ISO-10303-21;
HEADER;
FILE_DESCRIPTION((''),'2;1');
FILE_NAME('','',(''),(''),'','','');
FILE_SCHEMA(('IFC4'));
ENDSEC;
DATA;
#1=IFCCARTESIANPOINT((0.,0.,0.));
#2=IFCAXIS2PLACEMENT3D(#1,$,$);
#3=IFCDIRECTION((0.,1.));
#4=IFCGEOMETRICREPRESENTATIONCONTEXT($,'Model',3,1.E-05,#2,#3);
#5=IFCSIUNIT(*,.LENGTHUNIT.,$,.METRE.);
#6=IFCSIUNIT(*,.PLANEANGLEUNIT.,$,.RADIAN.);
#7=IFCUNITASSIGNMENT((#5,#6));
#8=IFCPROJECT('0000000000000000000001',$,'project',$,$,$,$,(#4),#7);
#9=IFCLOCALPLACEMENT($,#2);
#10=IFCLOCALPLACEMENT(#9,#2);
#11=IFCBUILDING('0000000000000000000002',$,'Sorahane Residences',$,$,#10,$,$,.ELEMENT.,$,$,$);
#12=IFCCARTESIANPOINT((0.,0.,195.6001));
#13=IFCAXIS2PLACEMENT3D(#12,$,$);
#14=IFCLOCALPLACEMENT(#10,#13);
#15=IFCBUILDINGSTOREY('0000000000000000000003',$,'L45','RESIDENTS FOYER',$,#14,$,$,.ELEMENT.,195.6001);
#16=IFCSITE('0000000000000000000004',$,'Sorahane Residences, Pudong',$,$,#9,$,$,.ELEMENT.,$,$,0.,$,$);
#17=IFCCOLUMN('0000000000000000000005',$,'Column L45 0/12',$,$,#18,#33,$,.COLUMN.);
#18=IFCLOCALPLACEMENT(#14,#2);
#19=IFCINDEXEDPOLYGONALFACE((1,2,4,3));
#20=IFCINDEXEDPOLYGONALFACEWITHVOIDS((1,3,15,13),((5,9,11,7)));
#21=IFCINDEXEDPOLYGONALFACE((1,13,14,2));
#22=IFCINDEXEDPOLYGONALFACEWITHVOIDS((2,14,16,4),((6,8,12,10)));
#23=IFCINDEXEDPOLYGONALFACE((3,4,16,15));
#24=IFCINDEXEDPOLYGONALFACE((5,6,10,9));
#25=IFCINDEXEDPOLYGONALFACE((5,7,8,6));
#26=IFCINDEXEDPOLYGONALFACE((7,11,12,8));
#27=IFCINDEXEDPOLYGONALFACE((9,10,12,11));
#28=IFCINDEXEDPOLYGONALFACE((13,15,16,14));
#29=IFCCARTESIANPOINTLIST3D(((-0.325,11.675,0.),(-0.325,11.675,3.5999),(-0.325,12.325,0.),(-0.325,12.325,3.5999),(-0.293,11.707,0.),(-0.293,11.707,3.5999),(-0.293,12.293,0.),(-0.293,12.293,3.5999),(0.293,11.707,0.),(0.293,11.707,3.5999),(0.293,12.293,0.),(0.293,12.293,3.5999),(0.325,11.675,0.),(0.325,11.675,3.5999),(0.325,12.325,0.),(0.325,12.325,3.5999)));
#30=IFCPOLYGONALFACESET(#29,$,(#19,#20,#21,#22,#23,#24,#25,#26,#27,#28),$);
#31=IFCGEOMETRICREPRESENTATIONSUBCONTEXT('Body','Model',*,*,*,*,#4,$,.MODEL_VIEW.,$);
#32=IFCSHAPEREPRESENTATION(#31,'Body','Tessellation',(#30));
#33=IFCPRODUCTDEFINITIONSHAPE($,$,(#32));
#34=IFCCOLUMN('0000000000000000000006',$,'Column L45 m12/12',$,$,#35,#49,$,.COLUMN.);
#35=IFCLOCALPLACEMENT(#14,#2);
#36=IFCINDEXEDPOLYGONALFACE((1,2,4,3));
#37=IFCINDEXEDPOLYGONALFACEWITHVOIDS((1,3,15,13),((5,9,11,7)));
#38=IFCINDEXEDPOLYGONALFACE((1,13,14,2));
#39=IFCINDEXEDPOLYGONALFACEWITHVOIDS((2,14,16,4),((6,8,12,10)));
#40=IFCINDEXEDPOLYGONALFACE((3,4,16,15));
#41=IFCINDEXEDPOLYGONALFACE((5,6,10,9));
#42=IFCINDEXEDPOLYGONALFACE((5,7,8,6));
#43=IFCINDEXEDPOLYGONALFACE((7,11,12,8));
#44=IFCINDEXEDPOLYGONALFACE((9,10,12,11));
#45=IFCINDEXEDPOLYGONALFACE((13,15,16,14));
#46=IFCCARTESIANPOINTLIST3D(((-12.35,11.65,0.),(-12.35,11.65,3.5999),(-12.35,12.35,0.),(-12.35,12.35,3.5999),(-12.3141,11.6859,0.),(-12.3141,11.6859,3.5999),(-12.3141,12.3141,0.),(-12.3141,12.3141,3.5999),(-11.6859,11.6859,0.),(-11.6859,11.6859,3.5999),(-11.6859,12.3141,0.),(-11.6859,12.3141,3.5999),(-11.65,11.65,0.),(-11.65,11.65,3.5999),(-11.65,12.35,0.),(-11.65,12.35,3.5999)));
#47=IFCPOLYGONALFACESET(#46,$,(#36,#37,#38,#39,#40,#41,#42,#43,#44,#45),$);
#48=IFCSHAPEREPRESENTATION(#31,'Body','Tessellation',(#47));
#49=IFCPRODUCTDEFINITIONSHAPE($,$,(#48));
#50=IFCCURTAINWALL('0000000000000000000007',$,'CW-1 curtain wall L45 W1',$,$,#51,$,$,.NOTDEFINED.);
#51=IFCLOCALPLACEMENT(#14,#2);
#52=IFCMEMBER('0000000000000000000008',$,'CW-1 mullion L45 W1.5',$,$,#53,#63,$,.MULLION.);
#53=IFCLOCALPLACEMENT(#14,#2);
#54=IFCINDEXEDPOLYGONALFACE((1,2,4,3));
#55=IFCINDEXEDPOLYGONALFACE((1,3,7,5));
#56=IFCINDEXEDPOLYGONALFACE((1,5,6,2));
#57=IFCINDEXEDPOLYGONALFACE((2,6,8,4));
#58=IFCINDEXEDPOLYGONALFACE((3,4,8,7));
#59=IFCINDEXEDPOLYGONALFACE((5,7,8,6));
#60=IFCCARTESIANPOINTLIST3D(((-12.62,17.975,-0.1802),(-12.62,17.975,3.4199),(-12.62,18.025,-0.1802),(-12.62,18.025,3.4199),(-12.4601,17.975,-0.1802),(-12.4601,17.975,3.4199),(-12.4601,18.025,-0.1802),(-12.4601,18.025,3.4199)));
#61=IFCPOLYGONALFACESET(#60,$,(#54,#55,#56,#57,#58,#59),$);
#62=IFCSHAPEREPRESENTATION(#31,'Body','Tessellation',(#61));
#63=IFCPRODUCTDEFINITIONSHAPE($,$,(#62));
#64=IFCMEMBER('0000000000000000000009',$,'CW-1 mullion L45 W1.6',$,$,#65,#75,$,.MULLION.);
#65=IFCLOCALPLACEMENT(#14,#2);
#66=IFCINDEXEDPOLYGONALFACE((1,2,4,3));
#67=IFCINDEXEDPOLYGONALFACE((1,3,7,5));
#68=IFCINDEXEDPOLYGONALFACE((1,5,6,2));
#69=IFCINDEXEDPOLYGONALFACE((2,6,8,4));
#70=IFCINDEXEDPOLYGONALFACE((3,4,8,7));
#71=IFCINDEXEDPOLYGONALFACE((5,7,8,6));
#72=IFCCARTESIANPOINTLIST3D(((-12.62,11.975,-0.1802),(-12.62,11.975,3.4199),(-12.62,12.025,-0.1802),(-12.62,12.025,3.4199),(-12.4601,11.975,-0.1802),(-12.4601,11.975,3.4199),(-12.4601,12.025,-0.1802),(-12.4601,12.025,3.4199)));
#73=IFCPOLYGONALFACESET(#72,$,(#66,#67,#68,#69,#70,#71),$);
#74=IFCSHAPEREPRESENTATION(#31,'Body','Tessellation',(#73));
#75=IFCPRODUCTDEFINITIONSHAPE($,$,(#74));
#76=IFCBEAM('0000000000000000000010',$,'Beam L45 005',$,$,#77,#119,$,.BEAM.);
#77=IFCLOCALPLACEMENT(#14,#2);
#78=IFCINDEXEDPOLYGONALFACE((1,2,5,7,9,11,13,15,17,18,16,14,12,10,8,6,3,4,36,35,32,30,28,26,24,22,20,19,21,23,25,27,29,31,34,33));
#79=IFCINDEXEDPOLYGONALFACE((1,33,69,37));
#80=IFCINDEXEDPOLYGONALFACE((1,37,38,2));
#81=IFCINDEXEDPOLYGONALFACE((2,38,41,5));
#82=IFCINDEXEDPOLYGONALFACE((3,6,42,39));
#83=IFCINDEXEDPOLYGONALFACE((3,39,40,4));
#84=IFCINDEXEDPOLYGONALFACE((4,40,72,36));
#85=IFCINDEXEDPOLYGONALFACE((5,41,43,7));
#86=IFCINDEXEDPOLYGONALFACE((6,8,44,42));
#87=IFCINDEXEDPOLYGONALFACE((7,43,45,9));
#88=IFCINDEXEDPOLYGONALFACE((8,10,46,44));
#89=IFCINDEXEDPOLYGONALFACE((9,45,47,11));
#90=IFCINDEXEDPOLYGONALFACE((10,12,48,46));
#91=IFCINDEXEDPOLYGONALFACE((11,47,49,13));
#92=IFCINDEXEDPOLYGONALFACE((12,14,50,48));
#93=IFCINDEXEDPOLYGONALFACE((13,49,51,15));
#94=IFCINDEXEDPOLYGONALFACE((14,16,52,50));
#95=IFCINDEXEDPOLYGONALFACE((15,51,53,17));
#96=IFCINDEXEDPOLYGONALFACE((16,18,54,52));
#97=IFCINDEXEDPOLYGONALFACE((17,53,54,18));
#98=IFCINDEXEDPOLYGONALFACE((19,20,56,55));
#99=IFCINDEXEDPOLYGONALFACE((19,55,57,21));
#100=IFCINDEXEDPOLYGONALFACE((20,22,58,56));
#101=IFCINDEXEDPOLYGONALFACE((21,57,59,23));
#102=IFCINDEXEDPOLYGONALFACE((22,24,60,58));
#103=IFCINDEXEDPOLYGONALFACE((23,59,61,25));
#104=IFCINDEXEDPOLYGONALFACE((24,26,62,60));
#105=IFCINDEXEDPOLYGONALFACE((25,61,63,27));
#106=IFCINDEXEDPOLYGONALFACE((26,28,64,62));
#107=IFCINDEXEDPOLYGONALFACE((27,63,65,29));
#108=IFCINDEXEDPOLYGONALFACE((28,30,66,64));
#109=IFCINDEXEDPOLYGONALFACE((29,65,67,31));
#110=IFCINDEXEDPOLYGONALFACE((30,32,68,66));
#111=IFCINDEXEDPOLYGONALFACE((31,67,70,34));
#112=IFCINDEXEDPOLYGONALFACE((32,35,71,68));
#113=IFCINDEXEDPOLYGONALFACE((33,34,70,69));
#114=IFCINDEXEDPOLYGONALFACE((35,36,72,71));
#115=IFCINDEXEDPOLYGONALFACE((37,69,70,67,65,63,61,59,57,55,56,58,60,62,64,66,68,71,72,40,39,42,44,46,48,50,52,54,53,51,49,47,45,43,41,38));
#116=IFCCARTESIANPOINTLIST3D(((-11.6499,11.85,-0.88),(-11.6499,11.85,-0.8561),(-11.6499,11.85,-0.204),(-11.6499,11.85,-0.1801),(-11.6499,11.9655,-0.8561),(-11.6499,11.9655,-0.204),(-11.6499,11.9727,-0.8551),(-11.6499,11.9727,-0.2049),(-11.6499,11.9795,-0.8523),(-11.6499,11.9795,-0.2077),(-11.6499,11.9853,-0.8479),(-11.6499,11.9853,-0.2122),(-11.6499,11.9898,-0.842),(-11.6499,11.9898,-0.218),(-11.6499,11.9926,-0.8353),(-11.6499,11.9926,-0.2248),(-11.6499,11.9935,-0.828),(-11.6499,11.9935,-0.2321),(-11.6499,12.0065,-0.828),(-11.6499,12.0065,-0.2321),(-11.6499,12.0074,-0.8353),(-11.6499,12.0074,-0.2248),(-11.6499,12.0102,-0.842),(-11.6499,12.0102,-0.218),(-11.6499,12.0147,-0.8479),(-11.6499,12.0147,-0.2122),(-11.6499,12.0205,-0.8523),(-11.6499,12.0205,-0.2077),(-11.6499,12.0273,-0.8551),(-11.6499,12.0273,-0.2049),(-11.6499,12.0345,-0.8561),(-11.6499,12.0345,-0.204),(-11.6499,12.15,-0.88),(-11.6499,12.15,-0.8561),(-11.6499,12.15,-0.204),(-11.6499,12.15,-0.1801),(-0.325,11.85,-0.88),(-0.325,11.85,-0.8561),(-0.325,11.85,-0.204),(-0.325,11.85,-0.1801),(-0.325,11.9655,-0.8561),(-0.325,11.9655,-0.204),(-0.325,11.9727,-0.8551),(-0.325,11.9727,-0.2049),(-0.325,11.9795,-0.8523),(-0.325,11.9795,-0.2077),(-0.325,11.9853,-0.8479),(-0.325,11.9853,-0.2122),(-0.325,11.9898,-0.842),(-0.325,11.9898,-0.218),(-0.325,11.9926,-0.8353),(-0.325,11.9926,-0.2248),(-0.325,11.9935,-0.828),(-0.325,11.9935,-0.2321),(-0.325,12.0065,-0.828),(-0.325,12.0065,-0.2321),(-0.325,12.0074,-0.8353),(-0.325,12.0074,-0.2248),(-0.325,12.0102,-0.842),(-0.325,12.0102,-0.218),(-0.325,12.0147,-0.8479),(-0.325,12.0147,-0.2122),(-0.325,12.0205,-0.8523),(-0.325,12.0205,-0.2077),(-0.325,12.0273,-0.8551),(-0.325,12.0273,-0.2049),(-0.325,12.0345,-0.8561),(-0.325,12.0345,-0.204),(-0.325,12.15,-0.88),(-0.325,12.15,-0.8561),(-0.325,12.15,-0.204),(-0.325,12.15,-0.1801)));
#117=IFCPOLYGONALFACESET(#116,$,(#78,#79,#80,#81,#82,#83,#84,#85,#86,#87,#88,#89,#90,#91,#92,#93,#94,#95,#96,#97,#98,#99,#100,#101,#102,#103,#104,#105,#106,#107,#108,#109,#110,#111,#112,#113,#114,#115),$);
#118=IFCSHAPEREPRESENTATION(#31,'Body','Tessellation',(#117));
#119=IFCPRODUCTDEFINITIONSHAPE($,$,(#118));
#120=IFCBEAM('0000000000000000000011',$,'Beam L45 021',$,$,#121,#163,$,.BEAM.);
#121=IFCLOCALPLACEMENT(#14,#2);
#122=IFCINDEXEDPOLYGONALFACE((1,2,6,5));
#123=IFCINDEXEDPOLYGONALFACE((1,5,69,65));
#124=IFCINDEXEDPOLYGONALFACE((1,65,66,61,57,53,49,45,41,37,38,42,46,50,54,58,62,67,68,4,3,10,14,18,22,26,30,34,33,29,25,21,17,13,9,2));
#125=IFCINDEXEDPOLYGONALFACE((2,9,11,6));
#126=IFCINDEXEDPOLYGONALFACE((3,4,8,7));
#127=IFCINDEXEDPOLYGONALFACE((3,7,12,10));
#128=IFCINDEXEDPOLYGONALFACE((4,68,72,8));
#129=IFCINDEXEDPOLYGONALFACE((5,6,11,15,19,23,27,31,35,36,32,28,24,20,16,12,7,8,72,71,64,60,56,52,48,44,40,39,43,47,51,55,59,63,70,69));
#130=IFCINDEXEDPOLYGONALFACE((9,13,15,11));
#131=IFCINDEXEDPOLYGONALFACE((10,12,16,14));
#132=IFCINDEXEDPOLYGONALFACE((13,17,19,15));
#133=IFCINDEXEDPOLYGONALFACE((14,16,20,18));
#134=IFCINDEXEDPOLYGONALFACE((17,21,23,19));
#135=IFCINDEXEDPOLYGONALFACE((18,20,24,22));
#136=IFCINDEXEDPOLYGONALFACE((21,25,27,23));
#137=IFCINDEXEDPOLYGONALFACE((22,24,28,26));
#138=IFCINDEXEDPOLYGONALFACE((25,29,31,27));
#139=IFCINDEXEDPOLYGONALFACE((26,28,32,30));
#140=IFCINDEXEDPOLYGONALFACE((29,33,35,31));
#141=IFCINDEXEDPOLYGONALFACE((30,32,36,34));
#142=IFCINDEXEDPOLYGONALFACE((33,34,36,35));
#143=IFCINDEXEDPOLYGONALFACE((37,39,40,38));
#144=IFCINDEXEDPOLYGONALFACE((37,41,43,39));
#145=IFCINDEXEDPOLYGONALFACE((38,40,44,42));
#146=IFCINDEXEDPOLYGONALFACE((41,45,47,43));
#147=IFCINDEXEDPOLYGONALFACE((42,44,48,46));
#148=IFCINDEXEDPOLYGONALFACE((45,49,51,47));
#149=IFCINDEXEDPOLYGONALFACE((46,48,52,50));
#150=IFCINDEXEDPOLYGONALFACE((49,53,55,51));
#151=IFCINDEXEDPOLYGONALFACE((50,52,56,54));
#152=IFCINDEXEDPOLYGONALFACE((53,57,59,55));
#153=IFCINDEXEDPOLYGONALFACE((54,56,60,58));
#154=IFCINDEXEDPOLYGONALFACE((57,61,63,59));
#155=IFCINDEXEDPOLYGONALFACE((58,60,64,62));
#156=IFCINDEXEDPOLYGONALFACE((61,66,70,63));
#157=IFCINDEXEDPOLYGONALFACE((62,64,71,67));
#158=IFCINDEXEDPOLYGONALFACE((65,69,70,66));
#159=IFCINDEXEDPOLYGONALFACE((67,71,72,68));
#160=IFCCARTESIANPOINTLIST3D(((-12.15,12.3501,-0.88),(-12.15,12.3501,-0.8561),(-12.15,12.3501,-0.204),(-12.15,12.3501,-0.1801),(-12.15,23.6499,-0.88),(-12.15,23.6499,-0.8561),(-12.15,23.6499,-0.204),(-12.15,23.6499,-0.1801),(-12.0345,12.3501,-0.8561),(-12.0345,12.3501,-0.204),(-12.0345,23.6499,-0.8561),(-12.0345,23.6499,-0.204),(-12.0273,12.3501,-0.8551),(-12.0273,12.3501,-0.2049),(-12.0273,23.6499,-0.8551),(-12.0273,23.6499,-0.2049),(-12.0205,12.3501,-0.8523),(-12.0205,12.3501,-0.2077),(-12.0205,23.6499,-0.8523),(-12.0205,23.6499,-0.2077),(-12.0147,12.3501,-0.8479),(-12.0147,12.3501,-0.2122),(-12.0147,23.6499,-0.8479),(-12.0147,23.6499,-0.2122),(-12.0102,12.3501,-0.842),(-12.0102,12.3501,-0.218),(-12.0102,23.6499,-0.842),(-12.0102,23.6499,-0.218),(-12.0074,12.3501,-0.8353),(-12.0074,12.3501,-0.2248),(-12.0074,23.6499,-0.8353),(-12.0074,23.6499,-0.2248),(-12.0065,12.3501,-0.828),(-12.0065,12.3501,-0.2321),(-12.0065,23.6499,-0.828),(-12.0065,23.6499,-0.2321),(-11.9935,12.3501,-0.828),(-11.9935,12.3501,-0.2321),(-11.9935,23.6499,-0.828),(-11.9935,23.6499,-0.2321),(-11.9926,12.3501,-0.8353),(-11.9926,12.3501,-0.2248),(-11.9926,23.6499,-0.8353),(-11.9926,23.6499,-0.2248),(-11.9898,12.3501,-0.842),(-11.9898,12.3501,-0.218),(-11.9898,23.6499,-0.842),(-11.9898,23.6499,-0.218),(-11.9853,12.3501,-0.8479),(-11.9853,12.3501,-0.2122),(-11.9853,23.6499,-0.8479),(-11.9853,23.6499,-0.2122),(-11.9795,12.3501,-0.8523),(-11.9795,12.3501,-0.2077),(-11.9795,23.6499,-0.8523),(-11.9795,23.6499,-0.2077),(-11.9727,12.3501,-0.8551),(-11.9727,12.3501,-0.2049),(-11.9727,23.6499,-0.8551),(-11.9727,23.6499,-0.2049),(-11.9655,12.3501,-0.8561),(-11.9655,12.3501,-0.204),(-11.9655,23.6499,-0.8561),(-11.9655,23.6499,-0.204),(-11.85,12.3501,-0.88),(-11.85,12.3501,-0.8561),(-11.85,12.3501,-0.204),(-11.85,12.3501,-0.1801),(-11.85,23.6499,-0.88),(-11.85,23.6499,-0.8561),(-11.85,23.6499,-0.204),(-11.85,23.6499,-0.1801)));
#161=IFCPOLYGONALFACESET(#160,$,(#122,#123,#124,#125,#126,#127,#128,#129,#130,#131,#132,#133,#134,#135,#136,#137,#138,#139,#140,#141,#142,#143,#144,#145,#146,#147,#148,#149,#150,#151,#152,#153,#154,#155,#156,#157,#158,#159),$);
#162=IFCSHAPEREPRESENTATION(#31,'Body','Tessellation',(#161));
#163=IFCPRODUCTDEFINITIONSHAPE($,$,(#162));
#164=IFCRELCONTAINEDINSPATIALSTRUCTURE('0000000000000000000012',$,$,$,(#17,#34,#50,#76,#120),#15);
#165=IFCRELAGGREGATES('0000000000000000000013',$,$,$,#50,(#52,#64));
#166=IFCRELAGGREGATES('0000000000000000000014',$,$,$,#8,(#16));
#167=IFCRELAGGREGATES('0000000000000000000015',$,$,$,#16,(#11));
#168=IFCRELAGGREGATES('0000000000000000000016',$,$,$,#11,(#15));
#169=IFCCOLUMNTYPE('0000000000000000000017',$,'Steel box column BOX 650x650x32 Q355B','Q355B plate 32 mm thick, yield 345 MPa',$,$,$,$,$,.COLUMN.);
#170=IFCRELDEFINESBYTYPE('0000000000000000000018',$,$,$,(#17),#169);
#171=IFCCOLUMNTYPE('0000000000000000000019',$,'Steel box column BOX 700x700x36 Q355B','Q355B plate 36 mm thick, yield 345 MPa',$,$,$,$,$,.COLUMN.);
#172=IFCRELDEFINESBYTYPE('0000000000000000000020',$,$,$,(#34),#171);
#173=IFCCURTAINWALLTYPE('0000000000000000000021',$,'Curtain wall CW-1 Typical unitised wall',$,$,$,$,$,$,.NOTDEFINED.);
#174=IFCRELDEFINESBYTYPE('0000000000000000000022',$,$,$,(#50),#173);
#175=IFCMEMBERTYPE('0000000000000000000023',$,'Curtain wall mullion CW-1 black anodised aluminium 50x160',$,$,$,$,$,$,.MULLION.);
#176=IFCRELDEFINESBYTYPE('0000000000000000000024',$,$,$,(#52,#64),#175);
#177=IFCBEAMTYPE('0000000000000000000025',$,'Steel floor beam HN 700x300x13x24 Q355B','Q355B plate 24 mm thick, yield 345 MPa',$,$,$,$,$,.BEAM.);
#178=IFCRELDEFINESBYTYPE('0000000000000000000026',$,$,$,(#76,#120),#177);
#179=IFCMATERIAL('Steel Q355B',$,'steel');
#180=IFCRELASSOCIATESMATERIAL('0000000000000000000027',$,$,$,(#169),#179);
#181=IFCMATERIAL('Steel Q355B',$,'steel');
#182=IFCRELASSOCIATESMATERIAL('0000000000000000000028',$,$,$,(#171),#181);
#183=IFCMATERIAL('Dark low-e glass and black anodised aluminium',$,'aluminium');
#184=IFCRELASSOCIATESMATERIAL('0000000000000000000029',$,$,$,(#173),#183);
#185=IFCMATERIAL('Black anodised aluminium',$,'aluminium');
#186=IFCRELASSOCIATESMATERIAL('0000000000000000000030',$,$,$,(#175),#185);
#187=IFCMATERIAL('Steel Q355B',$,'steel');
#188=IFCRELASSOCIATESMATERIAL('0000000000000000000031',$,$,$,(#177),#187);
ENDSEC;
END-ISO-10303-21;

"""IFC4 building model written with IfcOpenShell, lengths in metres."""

from ifc_helpers import new_model, si_unit, direction, frame, origin, origin_2d, place, context, subcontext, project, spatial, rectangle, hollow_rectangle, i_section, extrude, material, material_profile, profile_set, type_object, element, aggregate, save


model = new_model("IFC4")

# Units and contexts
model_context = context("Model", 3, precision=1e-05, world=origin(), true_north=direction((0.0, 1.0)))
body_context = subcontext(model_context, "Body", "Model", "MODEL_VIEW")
ifc_project = project(units=[si_unit("LENGTHUNIT", "METRE"), si_unit("PLANEANGLEUNIT", "RADIAN")], contexts=[model_context])

# Site, building, storey
site_placement = place(None, origin())
site = spatial("IfcSite", under=ifc_project, at=site_placement, Name="Sorahane Residences, Pudong", CompositionType="ELEMENT", RefElevation=0.0)
building_placement = place(site_placement, origin())
building = spatial("IfcBuilding", under=site, at=building_placement, Name="Sorahane Residences", CompositionType="ELEMENT")
storey_placement = place(building_placement, frame((0.0, 0.0, 195.6001)))
storey = spatial("IfcBuildingStorey", under=building, at=storey_placement, Name="L45", Description="RESIDENTS FOYER", CompositionType="ELEMENT", Elevation=195.6001)

# Columns
ifc_material_1 = material(Name="Steel Q355B", Category="steel")
ifc_material_profile_1 = material_profile(ifc_material_1, hollow_rectangle(XDim=0.6499, YDim=0.6499, WallThickness=0.032, at=origin_2d()), Name="BOX 650x650x32")
ifc_profile_set_1 = profile_set([ifc_material_profile_1], Name="Steel Q355B")
column_type_1 = type_object("IfcColumnType", Name="Steel box column BOX 650x650x32 Q355B", Description="Q355B plate 32 mm thick, yield 345 MPa", PredefinedType="COLUMN", material=ifc_profile_set_1)
column_1_placement = place(storey_placement, frame((0.0, 12.0, 0.0), z_axis=(0.0, 0.0, 1.0), x_axis=(1.0, 0.0, 0.0)))
element("IfcColumn", 1, at=column_1_placement, inside=storey, type_object=column_type_1, Name="Column L45 0/12", PredefinedType="COLUMN", context=body_context, shape_type="SweptSolid", body=[
    extrude(hollow_rectangle(XDim=0.6499, YDim=0.6499, WallThickness=0.032, at=origin_2d()), origin(), (0.0, 0.0, 1.0), 3.5999),
])
ifc_material_2 = material(Name="Steel Q355B", Category="steel")
ifc_material_profile_2 = material_profile(ifc_material_2, hollow_rectangle(XDim=0.7, YDim=0.7, WallThickness=0.0359, at=origin_2d()), Name="BOX 700x700x36")
ifc_profile_set_2 = profile_set([ifc_material_profile_2], Name="Steel Q355B")
column_type_2 = type_object("IfcColumnType", Name="Steel box column BOX 700x700x36 Q355B", Description="Q355B plate 36 mm thick, yield 345 MPa", PredefinedType="COLUMN", material=ifc_profile_set_2)
column_2_placement = place(storey_placement, frame((-12.0, 12.0, 0.0), z_axis=(0.0, 0.0, 1.0), x_axis=(1.0, 0.0, 0.0)))
element("IfcColumn", 2, at=column_2_placement, inside=storey, type_object=column_type_2, Name="Column L45 m12/12", PredefinedType="COLUMN", context=body_context, shape_type="SweptSolid", body=[
    extrude(hollow_rectangle(XDim=0.7, YDim=0.7, WallThickness=0.0359, at=origin_2d()), origin(), (0.0, 0.0, 1.0), 3.5999),
])

# Curtain wall, members
ifc_material_3 = material(Name="Dark low-e glass and black anodised aluminium", Category="aluminium")
curtain_wall_type = type_object("IfcCurtainWallType", Name="Curtain wall CW-1 Typical unitised wall", PredefinedType="NOTDEFINED", material=ifc_material_3)
curtain_wall_placement = place(storey_placement, origin())
curtain_wall = element("IfcCurtainWall", 3, at=curtain_wall_placement, inside=storey, type_object=curtain_wall_type, Name="CW-1 curtain wall L45 W1", PredefinedType="NOTDEFINED")
ifc_material_4 = material(Name="Black anodised aluminium", Category="aluminium")
ifc_material_profile_3 = material_profile(ifc_material_4, rectangle(XDim=0.1599, YDim=0.05, at=origin_2d()), Name="Curtain wall mullion CW-1 black anodised aluminium 50x160")
ifc_profile_set_3 = profile_set([ifc_material_profile_3], Name="Black anodised aluminium")
member_type = type_object("IfcMemberType", Name="Curtain wall mullion CW-1 black anodised aluminium 50x160", PredefinedType="MULLION", material=ifc_profile_set_3)
member_1_placement = place(storey_placement, frame((-12.54, 18.0, -0.1802), z_axis=(0.0, 0.0, 1.0), x_axis=(-1.0, 0.0, 0.0)))
member_1 = element("IfcMember", 4, at=member_1_placement, type_object=member_type, Name="CW-1 mullion L45 W1.5", PredefinedType="MULLION", context=body_context, shape_type="SweptSolid", body=[
    extrude(rectangle(XDim=0.1599, YDim=0.05, at=origin_2d()), origin(), (0.0, 0.0, 1.0), 3.6001),
])
member_2_placement = place(storey_placement, frame((-12.54, 12.0, -0.1802), z_axis=(0.0, 0.0, 1.0), x_axis=(-1.0, 0.0, 0.0)))
member_2 = element("IfcMember", 5, at=member_2_placement, type_object=member_type, Name="CW-1 mullion L45 W1.6", PredefinedType="MULLION", context=body_context, shape_type="SweptSolid", body=[
    extrude(rectangle(XDim=0.1599, YDim=0.05, at=origin_2d()), origin(), (0.0, 0.0, 1.0), 3.6001),
])

# Beams
ifc_material_5 = material(Name="Steel Q355B", Category="steel")
ifc_material_profile_4 = material_profile(ifc_material_5, i_section(OverallWidth=0.3, OverallDepth=0.7, WebThickness=0.0129, FlangeThickness=0.0239, FilletRadius=0.0281, at=origin_2d()), Name="HN 700x300x13x24")
ifc_profile_set_4 = profile_set([ifc_material_profile_4], Name="Steel Q355B")
beam_type = type_object("IfcBeamType", Name="Steel floor beam HN 700x300x13x24 Q355B", Description="Q355B plate 24 mm thick, yield 345 MPa", PredefinedType="BEAM", material=ifc_profile_set_4)
beam_1_placement = place(storey_placement, frame((-11.6499, 12.0, -0.53), z_axis=(1.0, 0.0, 0.0), x_axis=(0.0, 1.0, 0.0)))
element("IfcBeam", 6, at=beam_1_placement, inside=storey, type_object=beam_type, Name="Beam L45 005", PredefinedType="BEAM", context=body_context, shape_type="SweptSolid", body=[
    extrude(i_section(OverallWidth=0.3, OverallDepth=0.7, WebThickness=0.0129, FlangeThickness=0.0239, FilletRadius=0.0281, at=origin_2d()), origin(), (0.0, 0.0, 1.0), 11.325),
])
beam_2_placement = place(storey_placement, frame((-12.0, 12.3501, -0.53), z_axis=(0.0, 1.0, 0.0), x_axis=(-1.0, 0.0, 0.0)))
element("IfcBeam", 7, at=beam_2_placement, inside=storey, type_object=beam_type, Name="Beam L45 021", PredefinedType="BEAM", context=body_context, shape_type="SweptSolid", body=[
    extrude(i_section(OverallWidth=0.3, OverallDepth=0.7, WebThickness=0.0129, FlangeThickness=0.0239, FilletRadius=0.0281, at=origin_2d()), origin(), (0.0, 0.0, 1.0), 11.2998),
])

aggregate(curtain_wall, [member_1, member_2])

save(model, "model.ifc")
